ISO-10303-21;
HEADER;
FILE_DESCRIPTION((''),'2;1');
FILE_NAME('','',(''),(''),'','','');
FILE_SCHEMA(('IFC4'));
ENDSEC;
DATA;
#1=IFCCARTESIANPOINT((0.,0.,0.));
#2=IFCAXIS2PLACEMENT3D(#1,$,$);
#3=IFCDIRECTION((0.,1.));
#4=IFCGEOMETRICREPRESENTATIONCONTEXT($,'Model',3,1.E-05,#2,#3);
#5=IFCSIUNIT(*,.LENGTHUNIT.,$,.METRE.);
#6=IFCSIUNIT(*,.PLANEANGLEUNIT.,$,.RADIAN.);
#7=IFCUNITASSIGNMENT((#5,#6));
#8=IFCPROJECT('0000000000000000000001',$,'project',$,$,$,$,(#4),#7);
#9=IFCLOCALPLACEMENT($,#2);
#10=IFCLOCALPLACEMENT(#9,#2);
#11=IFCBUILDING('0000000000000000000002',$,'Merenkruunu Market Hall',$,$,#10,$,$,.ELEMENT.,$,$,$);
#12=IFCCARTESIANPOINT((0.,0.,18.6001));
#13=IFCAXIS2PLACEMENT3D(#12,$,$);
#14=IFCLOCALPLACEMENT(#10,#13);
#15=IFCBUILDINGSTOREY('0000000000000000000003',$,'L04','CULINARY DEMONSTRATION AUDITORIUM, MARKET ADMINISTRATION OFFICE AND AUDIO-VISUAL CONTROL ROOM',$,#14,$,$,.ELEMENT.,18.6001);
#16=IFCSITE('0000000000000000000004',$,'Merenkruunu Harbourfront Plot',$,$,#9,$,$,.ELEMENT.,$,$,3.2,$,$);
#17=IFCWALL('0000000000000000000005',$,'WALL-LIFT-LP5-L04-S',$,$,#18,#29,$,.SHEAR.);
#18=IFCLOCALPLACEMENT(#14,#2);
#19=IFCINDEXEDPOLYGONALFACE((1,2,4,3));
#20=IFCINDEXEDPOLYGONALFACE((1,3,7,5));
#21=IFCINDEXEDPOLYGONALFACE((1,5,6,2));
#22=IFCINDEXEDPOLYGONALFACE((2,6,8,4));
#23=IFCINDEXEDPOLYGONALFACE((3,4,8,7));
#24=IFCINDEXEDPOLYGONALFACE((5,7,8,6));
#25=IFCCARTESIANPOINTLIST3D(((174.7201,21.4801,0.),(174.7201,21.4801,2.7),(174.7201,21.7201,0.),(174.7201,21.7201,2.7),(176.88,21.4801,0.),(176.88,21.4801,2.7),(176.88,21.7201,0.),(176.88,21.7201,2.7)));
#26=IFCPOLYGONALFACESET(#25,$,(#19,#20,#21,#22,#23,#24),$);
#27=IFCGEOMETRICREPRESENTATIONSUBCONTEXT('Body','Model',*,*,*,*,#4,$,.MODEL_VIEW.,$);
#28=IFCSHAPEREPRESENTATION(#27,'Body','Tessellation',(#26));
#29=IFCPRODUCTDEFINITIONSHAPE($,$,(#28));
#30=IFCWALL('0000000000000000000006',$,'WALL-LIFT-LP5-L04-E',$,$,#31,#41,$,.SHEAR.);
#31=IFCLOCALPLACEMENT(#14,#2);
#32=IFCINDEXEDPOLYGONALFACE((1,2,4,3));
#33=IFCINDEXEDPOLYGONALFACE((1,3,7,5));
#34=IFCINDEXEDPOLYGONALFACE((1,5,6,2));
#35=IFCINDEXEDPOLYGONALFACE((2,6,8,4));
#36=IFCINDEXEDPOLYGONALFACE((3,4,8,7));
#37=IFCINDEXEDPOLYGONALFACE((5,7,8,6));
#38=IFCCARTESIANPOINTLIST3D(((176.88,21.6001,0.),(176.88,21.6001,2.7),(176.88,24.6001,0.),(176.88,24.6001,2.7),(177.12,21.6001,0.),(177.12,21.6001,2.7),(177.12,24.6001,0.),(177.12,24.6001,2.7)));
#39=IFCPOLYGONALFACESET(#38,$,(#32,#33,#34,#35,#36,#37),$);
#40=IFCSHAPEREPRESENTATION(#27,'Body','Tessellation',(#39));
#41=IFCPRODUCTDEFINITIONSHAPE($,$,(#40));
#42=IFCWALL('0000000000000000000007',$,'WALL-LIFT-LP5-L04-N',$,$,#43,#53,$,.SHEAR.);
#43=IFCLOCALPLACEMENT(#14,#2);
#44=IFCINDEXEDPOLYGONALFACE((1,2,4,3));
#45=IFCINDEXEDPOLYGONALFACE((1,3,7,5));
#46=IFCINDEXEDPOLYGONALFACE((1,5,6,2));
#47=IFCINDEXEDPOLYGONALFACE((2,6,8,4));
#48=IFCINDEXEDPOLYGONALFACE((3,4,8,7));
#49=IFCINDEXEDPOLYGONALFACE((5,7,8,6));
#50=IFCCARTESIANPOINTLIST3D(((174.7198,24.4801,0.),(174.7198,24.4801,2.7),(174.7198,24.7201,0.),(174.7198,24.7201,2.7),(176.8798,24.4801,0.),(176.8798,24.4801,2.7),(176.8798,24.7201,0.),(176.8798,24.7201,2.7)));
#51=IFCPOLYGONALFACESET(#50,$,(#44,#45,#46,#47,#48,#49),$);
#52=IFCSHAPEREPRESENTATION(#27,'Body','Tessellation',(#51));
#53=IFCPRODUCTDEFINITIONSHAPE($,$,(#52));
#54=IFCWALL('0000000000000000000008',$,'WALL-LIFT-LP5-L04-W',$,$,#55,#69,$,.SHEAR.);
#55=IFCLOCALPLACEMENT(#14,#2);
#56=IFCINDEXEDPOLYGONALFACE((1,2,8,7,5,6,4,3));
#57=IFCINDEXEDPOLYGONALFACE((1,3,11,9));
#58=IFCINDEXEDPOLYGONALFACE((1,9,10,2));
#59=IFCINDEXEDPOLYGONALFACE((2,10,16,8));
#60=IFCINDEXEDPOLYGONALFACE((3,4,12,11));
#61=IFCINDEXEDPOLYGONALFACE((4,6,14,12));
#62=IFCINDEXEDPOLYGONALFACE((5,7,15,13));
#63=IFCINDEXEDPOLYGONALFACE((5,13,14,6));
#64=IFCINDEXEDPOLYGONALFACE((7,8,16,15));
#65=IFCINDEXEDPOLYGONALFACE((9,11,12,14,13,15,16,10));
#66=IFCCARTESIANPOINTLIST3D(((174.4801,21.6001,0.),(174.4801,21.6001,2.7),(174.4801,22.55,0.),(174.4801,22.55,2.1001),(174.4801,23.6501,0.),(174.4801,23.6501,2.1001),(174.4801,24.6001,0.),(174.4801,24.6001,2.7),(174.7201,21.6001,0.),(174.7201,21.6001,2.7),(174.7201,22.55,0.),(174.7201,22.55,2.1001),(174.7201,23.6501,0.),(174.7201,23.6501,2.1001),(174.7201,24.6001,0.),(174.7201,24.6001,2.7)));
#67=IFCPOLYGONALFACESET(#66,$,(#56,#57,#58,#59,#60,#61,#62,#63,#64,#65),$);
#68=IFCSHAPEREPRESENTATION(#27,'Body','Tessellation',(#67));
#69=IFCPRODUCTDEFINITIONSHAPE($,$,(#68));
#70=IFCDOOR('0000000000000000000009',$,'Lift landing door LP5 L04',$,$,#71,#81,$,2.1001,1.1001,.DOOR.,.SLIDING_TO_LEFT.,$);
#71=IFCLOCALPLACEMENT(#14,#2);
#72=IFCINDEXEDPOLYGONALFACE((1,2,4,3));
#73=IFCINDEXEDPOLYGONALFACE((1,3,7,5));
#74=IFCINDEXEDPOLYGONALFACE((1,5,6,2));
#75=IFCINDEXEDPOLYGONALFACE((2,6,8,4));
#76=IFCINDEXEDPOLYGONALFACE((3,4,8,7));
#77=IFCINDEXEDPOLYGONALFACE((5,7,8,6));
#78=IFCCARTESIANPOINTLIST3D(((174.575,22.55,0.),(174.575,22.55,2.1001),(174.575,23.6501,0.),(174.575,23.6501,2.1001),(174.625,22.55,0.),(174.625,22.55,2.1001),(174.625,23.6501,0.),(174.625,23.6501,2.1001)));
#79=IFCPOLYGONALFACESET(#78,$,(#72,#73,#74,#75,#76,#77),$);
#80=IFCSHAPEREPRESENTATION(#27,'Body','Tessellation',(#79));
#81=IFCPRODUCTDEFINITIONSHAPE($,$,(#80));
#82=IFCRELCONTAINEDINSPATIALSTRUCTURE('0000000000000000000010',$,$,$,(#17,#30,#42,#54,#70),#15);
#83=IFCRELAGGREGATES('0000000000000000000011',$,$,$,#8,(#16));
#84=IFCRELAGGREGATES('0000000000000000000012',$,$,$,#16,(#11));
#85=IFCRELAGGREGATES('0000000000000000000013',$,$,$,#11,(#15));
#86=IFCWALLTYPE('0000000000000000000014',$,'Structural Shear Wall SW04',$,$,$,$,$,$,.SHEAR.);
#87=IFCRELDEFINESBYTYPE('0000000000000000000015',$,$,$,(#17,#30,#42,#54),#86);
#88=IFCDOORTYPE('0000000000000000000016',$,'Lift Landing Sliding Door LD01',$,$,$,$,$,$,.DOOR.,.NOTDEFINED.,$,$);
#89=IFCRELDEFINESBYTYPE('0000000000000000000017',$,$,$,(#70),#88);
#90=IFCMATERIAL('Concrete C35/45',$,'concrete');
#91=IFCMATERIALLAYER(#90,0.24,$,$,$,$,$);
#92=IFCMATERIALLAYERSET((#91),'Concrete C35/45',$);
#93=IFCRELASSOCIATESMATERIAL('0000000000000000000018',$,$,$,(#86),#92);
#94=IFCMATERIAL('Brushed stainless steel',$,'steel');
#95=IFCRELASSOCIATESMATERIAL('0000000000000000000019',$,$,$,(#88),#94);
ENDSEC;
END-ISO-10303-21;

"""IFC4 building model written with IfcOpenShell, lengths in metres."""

from ifc_helpers import new_model, si_unit, direction, frame, frame_2d, origin, place, context, subcontext, project, spatial, rectangle, extrude, material, layer, layer_set, type_object, element, fill, save


model = new_model("IFC4")

# Units and contexts
model_context = context("Model", 3, precision=1e-05, world=origin(), true_north=direction((0.0, 1.0)))
body_context = subcontext(model_context, "Body", "Model", "MODEL_VIEW")
ifc_project = project(units=[si_unit("LENGTHUNIT", "METRE"), si_unit("PLANEANGLEUNIT", "RADIAN")], contexts=[model_context])

# Site, building, storey
site_placement = place(None, origin())
site = spatial("IfcSite", under=ifc_project, at=site_placement, Name="Merenkruunu Harbourfront Plot", CompositionType="ELEMENT", RefElevation=3.2)
building_placement = place(site_placement, origin())
building = spatial("IfcBuilding", under=site, at=building_placement, Name="Merenkruunu Market Hall", CompositionType="ELEMENT")
storey_placement = place(building_placement, frame((0.0, 0.0, 18.6001)))
storey = spatial("IfcBuildingStorey", under=building, at=storey_placement, Name="L04", Description="CULINARY DEMONSTRATION AUDITORIUM, MARKET ADMINISTRATION OFFICE AND AUDIO-VISUAL CONTROL ROOM", CompositionType="ELEMENT", Elevation=18.6001)

# Shared definitions
ifc_material_1 = material(Name="Concrete C35/45", Category="concrete")

# Shared definitions
ifc_layer_1 = layer(ifc_material_1, 0.24)
ifc_layer_set_1 = layer_set([ifc_layer_1], Name="Concrete C35/45")
wall_type_1 = type_object("IfcWallType", Name="Structural Shear Wall SW04", PredefinedType="SHEAR", material=ifc_layer_set_1)

# Shared definitions
ifc_material_2 = material(Name="Brushed stainless steel", Category="steel")
door_type_1 = type_object("IfcDoorType", Name="Lift Landing Sliding Door LD01", OperationType="NOTDEFINED", PredefinedType="DOOR", material=ifc_material_2)

# Walls
wall_1_placement = place(storey_placement, frame((174.72, 21.6001, 0.0), z_axis=(0.0, 0.0, 1.0), x_axis=(1.0, 0.0, 0.0)))
element("IfcWall", 1, at=wall_1_placement, inside=storey, type_object=wall_type_1, Name="WALL-LIFT-LP5-L04-S", PredefinedType="SHEAR", context=body_context, shape_type="SweptSolid", body=[
    extrude(rectangle(XDim=2.1599, YDim=0.24, at=frame_2d((1.0801, 0.0))), origin(), (0.0, 0.0, 1.0), 2.7),
])
wall_2_placement = place(storey_placement, frame((177.0, 21.6001, 0.0), z_axis=(0.0, 0.0, 1.0), x_axis=(0.0, 1.0, 0.0)))
element("IfcWall", 2, at=wall_2_placement, inside=storey, type_object=wall_type_1, Name="WALL-LIFT-LP5-L04-E", PredefinedType="SHEAR", context=body_context, shape_type="SweptSolid", body=[
    extrude(rectangle(XDim=3.0, YDim=0.24, at=frame_2d((1.5, 0.0))), origin(), (0.0, 0.0, 1.0), 2.7),
])
wall_3_placement = place(storey_placement, frame((176.8799, 24.6001, 0.0), z_axis=(0.0, 0.0, 1.0), x_axis=(-1.0, 0.0, 0.0)))
element("IfcWall", 3, at=wall_3_placement, inside=storey, type_object=wall_type_1, Name="WALL-LIFT-LP5-L04-N", PredefinedType="SHEAR", context=body_context, shape_type="SweptSolid", body=[
    extrude(rectangle(XDim=2.1599, YDim=0.24, at=frame_2d((1.0801, 0.0))), origin(), (0.0, 0.0, 1.0), 2.7),
])

# Wall, opening, door
wall_4_placement = place(storey_placement, frame((174.6001, 24.6001, 0.0), z_axis=(0.0, 0.0, 1.0), x_axis=(0.0, -1.0, 0.0)))
wall_4 = element("IfcWall", 4, at=wall_4_placement, inside=storey, type_object=wall_type_1, Name="WALL-LIFT-LP5-L04-W", PredefinedType="SHEAR", context=body_context, shape_type="SweptSolid", body=[
    extrude(rectangle(XDim=3.0, YDim=0.24, at=frame_2d((1.5, 0.0))), origin(), (0.0, 0.0, 1.0), 2.7),
])
opening_1_placement = place(wall_4_placement, frame((0.95, 0.0, 0.0)))
opening_1 = element("IfcOpeningElement", 5, at=opening_1_placement, cuts=wall_4, PredefinedType="OPENING", context=body_context, shape_type="SweptSolid", body=[
    extrude(rectangle(XDim=1.1001, YDim=2.1001, at=frame_2d((0.55, 1.05))), frame((0.0, 0.1299, 0.0), z_axis=(0.0, -1.0, 0.0), x_axis=(1.0, 0.0, 0.0)), (0.0, 0.0, 1.0), 0.26),
])
door_1_placement = place(opening_1_placement, origin())
door_1 = element("IfcDoor", 6, at=door_1_placement, inside=storey, type_object=door_type_1, Name="Lift landing door LP5 L04", OperationType="SLIDING_TO_LEFT", OverallHeight=2.1001, OverallWidth=1.1001, PredefinedType="DOOR", context=body_context, shape_type="SweptSolid", body=[
    extrude(rectangle(XDim=1.1001, YDim=2.1001, at=frame_2d((0.55, 1.05))), frame((0.0, 0.0249, 0.0), z_axis=(0.0, -1.0, 0.0), x_axis=(1.0, 0.0, 0.0)), (0.0, 0.0, 1.0), 0.05),
])
fill(opening_1, door_1)

save(model, "model.ifc")
